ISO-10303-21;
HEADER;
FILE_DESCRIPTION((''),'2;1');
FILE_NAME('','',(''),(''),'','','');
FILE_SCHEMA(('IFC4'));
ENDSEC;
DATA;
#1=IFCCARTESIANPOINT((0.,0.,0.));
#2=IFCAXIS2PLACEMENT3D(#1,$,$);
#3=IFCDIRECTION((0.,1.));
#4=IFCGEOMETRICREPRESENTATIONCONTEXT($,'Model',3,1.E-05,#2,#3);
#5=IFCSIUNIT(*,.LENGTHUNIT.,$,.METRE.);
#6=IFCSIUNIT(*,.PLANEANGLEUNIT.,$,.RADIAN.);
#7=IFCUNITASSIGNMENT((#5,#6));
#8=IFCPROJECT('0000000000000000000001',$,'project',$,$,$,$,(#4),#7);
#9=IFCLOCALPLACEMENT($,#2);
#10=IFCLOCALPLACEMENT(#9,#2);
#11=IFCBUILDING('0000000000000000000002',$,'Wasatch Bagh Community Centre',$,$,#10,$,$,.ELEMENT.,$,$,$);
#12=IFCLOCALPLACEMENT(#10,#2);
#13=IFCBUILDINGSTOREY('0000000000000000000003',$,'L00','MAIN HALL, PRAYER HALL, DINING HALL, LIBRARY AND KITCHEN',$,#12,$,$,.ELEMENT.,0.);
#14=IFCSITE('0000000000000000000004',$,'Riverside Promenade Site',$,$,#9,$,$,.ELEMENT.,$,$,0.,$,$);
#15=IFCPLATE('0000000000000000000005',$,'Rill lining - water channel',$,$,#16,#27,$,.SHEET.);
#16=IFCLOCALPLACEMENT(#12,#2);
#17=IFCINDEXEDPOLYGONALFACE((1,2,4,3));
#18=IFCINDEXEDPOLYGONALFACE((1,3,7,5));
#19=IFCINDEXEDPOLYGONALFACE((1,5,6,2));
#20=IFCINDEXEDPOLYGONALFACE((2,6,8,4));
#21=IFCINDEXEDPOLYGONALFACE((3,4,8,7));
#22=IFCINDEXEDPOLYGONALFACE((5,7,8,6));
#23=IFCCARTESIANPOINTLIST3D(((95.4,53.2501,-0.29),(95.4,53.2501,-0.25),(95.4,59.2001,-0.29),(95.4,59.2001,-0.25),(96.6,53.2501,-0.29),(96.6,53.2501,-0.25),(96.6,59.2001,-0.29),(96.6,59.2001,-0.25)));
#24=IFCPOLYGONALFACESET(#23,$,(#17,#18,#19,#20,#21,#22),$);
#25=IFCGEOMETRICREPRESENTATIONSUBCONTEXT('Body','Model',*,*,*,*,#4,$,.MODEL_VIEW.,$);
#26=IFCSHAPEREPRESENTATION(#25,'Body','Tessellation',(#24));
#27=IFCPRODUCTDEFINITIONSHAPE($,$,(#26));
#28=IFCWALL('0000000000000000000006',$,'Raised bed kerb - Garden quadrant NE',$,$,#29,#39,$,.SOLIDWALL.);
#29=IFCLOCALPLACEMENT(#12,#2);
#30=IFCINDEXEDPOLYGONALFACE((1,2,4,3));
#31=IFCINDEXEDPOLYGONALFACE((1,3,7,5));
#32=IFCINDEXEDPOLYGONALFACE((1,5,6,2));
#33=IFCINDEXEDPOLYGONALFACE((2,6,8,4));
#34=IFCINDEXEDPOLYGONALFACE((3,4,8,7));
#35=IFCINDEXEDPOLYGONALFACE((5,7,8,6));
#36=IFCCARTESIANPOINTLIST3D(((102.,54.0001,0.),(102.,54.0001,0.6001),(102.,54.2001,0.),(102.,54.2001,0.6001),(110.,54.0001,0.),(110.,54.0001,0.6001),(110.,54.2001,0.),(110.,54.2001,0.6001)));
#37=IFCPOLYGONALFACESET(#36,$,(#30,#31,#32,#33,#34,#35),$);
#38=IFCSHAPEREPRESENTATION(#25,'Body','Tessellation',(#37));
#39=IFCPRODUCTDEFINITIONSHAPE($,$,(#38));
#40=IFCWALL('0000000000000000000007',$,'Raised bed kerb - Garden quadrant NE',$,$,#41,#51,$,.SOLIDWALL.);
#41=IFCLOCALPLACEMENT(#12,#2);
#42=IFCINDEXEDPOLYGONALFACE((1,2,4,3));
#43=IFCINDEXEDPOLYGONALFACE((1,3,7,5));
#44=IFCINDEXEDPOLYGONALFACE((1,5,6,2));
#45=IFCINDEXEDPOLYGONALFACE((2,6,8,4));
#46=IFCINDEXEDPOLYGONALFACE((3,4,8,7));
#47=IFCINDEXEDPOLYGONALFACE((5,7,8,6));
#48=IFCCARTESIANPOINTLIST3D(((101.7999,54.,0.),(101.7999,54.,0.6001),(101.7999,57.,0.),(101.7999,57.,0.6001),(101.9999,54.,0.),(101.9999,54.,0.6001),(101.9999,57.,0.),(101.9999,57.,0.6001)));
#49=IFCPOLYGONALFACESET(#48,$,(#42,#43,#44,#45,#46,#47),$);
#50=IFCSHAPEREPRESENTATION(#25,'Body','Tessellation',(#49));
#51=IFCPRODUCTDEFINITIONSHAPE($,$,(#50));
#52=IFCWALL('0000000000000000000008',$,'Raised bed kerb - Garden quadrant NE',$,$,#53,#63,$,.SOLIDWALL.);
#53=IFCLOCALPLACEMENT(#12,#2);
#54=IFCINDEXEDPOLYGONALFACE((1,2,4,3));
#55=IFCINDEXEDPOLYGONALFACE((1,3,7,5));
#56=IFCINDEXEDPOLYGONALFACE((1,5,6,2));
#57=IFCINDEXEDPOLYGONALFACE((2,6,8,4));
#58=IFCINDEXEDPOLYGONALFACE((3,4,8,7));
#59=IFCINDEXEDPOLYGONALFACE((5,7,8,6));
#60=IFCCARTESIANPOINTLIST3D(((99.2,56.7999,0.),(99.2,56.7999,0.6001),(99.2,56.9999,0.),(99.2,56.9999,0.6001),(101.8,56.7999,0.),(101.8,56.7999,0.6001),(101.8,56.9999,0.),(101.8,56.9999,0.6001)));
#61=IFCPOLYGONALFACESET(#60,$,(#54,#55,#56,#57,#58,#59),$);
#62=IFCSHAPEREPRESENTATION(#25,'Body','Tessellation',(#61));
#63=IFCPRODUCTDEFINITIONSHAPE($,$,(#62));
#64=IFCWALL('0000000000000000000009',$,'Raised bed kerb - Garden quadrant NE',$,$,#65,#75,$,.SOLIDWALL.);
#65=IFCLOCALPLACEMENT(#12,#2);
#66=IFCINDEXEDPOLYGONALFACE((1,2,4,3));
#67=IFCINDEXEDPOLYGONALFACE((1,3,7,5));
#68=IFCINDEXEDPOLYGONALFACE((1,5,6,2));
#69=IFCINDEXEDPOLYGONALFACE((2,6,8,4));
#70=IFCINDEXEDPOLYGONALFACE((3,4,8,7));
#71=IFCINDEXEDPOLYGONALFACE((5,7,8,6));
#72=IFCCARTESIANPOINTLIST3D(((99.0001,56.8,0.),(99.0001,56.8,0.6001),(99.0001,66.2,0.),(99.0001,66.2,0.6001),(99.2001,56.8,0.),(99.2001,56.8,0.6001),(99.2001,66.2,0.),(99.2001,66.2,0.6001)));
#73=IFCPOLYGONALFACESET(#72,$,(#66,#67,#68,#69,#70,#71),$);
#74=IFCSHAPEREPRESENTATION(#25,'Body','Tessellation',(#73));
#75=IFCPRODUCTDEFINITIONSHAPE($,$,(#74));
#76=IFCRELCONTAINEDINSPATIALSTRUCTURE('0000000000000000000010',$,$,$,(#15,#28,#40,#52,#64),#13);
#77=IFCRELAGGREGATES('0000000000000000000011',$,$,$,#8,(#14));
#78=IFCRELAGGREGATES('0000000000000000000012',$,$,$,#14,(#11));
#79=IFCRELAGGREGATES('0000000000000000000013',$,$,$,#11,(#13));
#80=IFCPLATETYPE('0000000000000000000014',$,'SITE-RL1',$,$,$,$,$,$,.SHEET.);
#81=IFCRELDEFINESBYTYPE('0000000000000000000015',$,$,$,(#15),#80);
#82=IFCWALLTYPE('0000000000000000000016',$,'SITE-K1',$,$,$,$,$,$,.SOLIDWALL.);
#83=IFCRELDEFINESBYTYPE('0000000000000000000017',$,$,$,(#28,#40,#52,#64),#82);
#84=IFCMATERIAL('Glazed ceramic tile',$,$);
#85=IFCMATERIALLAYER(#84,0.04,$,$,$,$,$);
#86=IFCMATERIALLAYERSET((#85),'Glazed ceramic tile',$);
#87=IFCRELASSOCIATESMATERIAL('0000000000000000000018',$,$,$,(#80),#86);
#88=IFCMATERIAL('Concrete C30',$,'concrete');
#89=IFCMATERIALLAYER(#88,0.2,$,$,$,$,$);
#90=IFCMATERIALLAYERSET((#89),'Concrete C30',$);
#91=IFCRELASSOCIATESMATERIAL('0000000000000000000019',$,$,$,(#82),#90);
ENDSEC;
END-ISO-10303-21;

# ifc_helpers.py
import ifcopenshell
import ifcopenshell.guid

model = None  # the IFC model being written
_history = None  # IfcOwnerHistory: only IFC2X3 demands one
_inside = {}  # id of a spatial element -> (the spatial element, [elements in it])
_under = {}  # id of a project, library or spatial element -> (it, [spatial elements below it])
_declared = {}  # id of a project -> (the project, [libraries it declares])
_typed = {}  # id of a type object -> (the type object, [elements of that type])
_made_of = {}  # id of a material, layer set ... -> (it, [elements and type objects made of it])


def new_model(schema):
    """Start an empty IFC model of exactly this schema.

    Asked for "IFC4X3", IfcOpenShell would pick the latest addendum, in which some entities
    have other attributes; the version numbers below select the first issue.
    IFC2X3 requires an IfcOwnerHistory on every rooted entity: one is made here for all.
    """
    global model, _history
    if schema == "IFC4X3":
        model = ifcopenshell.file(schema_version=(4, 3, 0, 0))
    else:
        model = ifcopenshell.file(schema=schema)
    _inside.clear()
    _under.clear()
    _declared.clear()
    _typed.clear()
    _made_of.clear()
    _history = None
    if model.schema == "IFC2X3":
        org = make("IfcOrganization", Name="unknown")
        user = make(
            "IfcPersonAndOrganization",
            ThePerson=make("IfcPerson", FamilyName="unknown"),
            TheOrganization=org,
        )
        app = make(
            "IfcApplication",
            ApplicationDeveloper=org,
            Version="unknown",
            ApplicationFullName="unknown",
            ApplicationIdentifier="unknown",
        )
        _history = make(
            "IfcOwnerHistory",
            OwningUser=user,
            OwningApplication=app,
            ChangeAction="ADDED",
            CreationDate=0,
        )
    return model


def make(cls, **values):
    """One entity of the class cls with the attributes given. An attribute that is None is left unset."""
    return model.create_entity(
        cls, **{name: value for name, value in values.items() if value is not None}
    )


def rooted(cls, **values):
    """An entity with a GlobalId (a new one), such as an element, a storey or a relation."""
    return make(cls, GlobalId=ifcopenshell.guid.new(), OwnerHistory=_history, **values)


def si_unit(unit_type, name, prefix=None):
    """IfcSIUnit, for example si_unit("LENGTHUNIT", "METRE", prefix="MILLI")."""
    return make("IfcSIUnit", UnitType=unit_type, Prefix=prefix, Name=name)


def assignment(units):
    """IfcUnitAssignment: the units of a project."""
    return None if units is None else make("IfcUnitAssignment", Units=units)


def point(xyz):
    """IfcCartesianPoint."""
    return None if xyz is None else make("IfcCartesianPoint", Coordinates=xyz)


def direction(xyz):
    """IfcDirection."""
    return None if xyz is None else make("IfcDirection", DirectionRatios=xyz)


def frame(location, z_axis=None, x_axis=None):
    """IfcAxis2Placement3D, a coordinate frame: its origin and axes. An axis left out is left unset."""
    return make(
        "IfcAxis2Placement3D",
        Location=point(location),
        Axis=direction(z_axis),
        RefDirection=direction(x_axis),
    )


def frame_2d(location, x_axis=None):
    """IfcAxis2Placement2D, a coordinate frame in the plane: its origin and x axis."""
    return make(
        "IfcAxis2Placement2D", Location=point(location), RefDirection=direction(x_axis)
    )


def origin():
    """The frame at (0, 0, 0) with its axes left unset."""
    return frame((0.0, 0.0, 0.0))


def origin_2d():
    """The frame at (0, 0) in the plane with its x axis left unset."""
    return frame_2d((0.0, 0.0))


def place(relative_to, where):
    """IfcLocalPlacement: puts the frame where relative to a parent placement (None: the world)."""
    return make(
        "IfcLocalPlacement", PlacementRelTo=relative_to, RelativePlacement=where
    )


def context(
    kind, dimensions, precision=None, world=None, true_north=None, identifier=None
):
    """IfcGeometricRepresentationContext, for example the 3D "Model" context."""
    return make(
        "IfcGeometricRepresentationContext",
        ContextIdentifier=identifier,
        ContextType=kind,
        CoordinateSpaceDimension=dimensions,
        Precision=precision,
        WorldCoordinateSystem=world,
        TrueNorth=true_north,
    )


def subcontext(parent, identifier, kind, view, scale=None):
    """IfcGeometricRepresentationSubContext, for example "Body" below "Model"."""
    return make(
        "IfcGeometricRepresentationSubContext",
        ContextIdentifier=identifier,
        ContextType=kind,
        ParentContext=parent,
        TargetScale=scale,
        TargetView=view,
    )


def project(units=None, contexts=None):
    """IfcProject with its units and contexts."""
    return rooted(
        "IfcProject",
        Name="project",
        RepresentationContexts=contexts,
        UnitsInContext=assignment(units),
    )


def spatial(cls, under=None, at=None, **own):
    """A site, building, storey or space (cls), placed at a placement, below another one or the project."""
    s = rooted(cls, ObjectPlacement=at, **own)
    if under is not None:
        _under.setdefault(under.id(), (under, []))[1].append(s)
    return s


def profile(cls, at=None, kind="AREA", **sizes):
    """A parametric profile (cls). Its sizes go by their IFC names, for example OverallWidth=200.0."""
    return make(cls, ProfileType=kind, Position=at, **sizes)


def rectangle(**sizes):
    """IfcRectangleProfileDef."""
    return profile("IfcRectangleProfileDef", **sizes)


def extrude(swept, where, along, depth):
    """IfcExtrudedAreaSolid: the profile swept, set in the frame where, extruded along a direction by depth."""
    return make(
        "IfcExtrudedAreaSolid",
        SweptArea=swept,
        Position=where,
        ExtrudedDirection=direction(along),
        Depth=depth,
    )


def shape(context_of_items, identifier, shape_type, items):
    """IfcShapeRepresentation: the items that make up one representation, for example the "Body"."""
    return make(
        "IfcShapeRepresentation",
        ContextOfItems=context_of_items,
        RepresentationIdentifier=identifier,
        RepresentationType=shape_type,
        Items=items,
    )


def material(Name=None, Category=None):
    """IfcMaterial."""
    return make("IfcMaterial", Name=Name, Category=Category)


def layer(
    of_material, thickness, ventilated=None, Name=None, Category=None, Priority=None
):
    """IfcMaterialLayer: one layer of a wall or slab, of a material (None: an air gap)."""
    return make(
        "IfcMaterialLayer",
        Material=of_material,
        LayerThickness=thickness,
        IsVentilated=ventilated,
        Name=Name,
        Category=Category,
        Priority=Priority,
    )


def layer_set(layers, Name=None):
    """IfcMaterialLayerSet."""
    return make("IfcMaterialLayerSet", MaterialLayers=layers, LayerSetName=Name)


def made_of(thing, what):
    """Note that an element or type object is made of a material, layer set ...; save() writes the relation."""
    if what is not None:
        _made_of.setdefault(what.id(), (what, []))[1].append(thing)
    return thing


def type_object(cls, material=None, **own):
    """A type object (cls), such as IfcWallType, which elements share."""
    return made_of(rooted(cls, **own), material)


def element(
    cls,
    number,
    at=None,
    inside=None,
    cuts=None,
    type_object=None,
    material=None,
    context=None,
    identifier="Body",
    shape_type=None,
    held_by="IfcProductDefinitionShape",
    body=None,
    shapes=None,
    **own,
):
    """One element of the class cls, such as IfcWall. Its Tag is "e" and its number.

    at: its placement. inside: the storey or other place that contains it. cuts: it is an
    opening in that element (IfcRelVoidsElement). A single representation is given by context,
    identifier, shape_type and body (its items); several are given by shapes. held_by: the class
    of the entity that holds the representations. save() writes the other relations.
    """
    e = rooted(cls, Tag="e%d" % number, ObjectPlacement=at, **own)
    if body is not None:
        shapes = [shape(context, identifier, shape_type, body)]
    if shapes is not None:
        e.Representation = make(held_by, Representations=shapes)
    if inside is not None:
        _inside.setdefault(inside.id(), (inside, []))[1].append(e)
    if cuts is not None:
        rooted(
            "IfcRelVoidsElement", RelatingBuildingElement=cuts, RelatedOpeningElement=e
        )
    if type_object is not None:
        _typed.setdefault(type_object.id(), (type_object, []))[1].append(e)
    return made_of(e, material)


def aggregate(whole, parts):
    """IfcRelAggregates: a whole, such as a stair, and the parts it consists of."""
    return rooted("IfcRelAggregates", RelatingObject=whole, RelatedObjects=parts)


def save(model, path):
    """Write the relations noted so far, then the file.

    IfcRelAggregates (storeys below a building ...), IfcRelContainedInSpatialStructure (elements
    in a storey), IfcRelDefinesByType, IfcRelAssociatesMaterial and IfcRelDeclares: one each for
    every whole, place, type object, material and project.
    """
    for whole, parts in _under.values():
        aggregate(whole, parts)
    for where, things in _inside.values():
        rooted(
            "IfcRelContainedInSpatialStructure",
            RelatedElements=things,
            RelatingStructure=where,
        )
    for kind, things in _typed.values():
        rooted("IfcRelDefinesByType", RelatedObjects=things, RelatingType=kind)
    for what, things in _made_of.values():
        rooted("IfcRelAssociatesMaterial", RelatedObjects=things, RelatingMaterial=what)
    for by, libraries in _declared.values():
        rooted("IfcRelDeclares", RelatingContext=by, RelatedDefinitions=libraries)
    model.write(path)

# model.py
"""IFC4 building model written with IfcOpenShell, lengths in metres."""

from ifc_helpers import new_model, si_unit, direction, frame, frame_2d, origin, origin_2d, place, context, subcontext, project, spatial, rectangle, extrude, material, layer, layer_set, type_object, element, save


model = new_model("IFC4")

# Units and contexts
model_context = context("Model", 3, precision=1e-05, world=origin(), true_north=direction((0.0, 1.0)))
body_context = subcontext(model_context, "Body", "Model", "MODEL_VIEW")
ifc_project = project(units=[si_unit("LENGTHUNIT", "METRE"), si_unit("PLANEANGLEUNIT", "RADIAN")], contexts=[model_context])

# Site, building, storey
site_placement = place(None, origin())
site = spatial("IfcSite", under=ifc_project, at=site_placement, Name="Riverside Promenade Site", CompositionType="ELEMENT", RefElevation=0.0)
building_placement = place(site_placement, origin())
building = spatial("IfcBuilding", under=site, at=building_placement, Name="Wasatch Bagh Community Centre", CompositionType="ELEMENT")
storey_placement = place(building_placement, origin())
storey = spatial("IfcBuildingStorey", under=building, at=storey_placement, Name="L00", Description="MAIN HALL, PRAYER HALL, DINING HALL, LIBRARY AND KITCHEN", CompositionType="ELEMENT", Elevation=0.0)

# Shared definitions
ifc_material_1 = material(Name="Concrete C30", Category="concrete")

# Plate
ifc_material_2 = material(Name="Glazed ceramic tile")
ifc_layer_1 = layer(ifc_material_2, 0.04)
ifc_layer_set_1 = layer_set([ifc_layer_1], Name="Glazed ceramic tile")
plate_type = type_object("IfcPlateType", Name="SITE-RL1", PredefinedType="SHEET", material=ifc_layer_set_1)
plate_placement = place(storey_placement, frame((96.0, 56.2251, -0.29), z_axis=(0.0, 0.0, 1.0), x_axis=(1.0, 0.0, 0.0)))
element("IfcPlate", 1, at=plate_placement, inside=storey, type_object=plate_type, Name="Rill lining - water channel", PredefinedType="SHEET", context=body_context, shape_type="SweptSolid", body=[
    extrude(rectangle(XDim=1.2, YDim=5.95, at=origin_2d()), origin(), (0.0, 0.0, 1.0), 0.04),
])

# Walls
ifc_layer_2 = layer(ifc_material_1, 0.2)
ifc_layer_set_2 = layer_set([ifc_layer_2], Name="Concrete C30")
wall_type = type_object("IfcWallType", Name="SITE-K1", PredefinedType="SOLIDWALL", material=ifc_layer_set_2)
wall_1_placement = place(storey_placement, frame((102.0, 54.1001, 0.0), z_axis=(0.0, 0.0, 1.0), x_axis=(1.0, 0.0, 0.0)))
element("IfcWall", 2, at=wall_1_placement, inside=storey, type_object=wall_type, Name="Raised bed kerb - Garden quadrant NE", PredefinedType="SOLIDWALL", context=body_context, shape_type="SweptSolid", body=[
    extrude(rectangle(XDim=8.0, YDim=0.2, at=frame_2d((4.0, 0.0))), origin(), (0.0, 0.0, 1.0), 0.6001),
])
wall_2_placement = place(storey_placement, frame((101.8999, 54.0, 0.0), z_axis=(0.0, 0.0, 1.0), x_axis=(0.0, 1.0, 0.0)))
element("IfcWall", 3, at=wall_2_placement, inside=storey, type_object=wall_type, Name="Raised bed kerb - Garden quadrant NE", PredefinedType="SOLIDWALL", context=body_context, shape_type="SweptSolid", body=[
    extrude(rectangle(XDim=3.0, YDim=0.2, at=frame_2d((1.5, 0.0))), origin(), (0.0, 0.0, 1.0), 0.6001),
])
wall_3_placement = place(storey_placement, frame((99.2, 56.8999, 0.0), z_axis=(0.0, 0.0, 1.0), x_axis=(1.0, 0.0, 0.0)))
element("IfcWall", 4, at=wall_3_placement, inside=storey, type_object=wall_type, Name="Raised bed kerb - Garden quadrant NE", PredefinedType="SOLIDWALL", context=body_context, shape_type="SweptSolid", body=[
    extrude(rectangle(XDim=2.6001, YDim=0.2, at=frame_2d((1.3, 0.0))), origin(), (0.0, 0.0, 1.0), 0.6001),
])
wall_4_placement = place(storey_placement, frame((99.1001, 56.8, 0.0), z_axis=(0.0, 0.0, 1.0), x_axis=(0.0, 1.0, 0.0)))
element("IfcWall", 5, at=wall_4_placement, inside=storey, type_object=wall_type, Name="Raised bed kerb - Garden quadrant NE", PredefinedType="SOLIDWALL", context=body_context, shape_type="SweptSolid", body=[
    extrude(rectangle(XDim=9.3999, YDim=0.2, at=frame_2d((4.7, 0.0))), origin(), (0.0, 0.0, 1.0), 0.6001),
])

save(model, "model.ifc")
